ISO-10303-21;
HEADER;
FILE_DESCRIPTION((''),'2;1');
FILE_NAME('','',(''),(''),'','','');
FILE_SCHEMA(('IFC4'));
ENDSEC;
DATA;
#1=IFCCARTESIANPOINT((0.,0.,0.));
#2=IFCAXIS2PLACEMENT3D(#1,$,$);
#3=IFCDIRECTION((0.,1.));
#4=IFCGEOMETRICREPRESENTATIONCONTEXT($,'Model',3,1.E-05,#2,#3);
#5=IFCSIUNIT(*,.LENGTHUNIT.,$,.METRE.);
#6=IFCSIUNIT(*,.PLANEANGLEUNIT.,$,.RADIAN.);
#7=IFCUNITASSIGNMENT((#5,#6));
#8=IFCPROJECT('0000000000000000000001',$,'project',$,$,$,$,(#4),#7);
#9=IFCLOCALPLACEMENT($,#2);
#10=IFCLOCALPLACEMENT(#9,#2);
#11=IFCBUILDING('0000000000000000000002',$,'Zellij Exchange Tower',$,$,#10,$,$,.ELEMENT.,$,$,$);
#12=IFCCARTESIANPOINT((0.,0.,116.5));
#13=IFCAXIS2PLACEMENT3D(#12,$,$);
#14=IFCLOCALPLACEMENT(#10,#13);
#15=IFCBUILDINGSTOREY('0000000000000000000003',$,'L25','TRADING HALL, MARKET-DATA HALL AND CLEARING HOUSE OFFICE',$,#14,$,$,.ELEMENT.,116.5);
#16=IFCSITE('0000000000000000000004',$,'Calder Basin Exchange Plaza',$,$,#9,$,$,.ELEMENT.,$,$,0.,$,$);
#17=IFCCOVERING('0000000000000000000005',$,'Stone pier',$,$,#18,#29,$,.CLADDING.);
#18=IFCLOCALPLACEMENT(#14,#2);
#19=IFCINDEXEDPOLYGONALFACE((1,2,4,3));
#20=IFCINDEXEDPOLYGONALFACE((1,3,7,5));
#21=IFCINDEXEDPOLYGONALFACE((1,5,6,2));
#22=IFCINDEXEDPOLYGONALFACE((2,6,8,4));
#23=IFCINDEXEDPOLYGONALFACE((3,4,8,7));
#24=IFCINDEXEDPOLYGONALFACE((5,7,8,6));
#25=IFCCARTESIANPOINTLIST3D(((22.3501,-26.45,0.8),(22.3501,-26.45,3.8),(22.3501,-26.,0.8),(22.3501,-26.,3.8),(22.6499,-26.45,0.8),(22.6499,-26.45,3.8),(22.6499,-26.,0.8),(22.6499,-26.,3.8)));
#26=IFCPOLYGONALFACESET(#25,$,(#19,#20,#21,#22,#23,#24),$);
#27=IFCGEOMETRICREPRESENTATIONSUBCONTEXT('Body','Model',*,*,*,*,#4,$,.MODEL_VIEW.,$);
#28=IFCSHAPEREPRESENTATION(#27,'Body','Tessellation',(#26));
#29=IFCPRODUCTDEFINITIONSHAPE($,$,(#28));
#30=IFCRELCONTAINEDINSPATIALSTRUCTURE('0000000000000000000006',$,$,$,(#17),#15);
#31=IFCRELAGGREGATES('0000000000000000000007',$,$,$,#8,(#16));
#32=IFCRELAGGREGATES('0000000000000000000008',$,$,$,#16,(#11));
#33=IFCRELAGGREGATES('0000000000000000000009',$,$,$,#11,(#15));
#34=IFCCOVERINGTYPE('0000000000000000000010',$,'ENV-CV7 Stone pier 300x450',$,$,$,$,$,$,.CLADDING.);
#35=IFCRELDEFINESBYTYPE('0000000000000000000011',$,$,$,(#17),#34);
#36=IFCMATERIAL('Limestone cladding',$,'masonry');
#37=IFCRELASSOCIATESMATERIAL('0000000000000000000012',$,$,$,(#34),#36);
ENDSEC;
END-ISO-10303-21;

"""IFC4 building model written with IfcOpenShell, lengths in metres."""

from ifc_helpers import new_model, si_unit, direction, frame, origin, place, context, subcontext, project, spatial, polyline, outline, extrude, material, type_object, element, save


model = new_model("IFC4")

# Units and contexts
model_context = context("Model", 3, precision=1e-05, world=origin(), true_north=direction((0.0, 1.0)))
body_context = subcontext(model_context, "Body", "Model", "MODEL_VIEW")
ifc_project = project(units=[si_unit("LENGTHUNIT", "METRE"), si_unit("PLANEANGLEUNIT", "RADIAN")], contexts=[model_context])

# Site, building, storey
site_placement = place(None, origin())
site = spatial("IfcSite", under=ifc_project, at=site_placement, Name="Calder Basin Exchange Plaza", CompositionType="ELEMENT", RefElevation=0.0)
building_placement = place(site_placement, origin())
building = spatial("IfcBuilding", under=site, at=building_placement, Name="Zellij Exchange Tower", CompositionType="ELEMENT")
storey_placement = place(building_placement, frame((0.0, 0.0, 116.5)))
storey = spatial("IfcBuildingStorey", under=building, at=storey_placement, Name="L25", Description="TRADING HALL, MARKET-DATA HALL AND CLEARING HOUSE OFFICE", CompositionType="ELEMENT", Elevation=116.5)

# Covering
ifc_material_1 = material(Name="Limestone cladding", Category="masonry")
covering_type_1 = type_object("IfcCoveringType", Name="ENV-CV7 Stone pier 300x450", PredefinedType="CLADDING", material=ifc_material_1)
covering_1_placement = place(storey_placement, frame((0.0, 0.0, 0.8)))
element("IfcCovering", 1, at=covering_1_placement, inside=storey, type_object=covering_type_1, Name="Stone pier", PredefinedType="CLADDING", context=body_context, shape_type="SweptSolid", body=[
    extrude(outline(polyline([(22.3501, -26.0), (22.6499, -26.0), (22.6499, -26.45), (22.3501, -26.45), (22.3501, -26.0)])), origin(), (0.0, 0.0, 1.0), 3.0),
])

save(model, "model.ifc")
